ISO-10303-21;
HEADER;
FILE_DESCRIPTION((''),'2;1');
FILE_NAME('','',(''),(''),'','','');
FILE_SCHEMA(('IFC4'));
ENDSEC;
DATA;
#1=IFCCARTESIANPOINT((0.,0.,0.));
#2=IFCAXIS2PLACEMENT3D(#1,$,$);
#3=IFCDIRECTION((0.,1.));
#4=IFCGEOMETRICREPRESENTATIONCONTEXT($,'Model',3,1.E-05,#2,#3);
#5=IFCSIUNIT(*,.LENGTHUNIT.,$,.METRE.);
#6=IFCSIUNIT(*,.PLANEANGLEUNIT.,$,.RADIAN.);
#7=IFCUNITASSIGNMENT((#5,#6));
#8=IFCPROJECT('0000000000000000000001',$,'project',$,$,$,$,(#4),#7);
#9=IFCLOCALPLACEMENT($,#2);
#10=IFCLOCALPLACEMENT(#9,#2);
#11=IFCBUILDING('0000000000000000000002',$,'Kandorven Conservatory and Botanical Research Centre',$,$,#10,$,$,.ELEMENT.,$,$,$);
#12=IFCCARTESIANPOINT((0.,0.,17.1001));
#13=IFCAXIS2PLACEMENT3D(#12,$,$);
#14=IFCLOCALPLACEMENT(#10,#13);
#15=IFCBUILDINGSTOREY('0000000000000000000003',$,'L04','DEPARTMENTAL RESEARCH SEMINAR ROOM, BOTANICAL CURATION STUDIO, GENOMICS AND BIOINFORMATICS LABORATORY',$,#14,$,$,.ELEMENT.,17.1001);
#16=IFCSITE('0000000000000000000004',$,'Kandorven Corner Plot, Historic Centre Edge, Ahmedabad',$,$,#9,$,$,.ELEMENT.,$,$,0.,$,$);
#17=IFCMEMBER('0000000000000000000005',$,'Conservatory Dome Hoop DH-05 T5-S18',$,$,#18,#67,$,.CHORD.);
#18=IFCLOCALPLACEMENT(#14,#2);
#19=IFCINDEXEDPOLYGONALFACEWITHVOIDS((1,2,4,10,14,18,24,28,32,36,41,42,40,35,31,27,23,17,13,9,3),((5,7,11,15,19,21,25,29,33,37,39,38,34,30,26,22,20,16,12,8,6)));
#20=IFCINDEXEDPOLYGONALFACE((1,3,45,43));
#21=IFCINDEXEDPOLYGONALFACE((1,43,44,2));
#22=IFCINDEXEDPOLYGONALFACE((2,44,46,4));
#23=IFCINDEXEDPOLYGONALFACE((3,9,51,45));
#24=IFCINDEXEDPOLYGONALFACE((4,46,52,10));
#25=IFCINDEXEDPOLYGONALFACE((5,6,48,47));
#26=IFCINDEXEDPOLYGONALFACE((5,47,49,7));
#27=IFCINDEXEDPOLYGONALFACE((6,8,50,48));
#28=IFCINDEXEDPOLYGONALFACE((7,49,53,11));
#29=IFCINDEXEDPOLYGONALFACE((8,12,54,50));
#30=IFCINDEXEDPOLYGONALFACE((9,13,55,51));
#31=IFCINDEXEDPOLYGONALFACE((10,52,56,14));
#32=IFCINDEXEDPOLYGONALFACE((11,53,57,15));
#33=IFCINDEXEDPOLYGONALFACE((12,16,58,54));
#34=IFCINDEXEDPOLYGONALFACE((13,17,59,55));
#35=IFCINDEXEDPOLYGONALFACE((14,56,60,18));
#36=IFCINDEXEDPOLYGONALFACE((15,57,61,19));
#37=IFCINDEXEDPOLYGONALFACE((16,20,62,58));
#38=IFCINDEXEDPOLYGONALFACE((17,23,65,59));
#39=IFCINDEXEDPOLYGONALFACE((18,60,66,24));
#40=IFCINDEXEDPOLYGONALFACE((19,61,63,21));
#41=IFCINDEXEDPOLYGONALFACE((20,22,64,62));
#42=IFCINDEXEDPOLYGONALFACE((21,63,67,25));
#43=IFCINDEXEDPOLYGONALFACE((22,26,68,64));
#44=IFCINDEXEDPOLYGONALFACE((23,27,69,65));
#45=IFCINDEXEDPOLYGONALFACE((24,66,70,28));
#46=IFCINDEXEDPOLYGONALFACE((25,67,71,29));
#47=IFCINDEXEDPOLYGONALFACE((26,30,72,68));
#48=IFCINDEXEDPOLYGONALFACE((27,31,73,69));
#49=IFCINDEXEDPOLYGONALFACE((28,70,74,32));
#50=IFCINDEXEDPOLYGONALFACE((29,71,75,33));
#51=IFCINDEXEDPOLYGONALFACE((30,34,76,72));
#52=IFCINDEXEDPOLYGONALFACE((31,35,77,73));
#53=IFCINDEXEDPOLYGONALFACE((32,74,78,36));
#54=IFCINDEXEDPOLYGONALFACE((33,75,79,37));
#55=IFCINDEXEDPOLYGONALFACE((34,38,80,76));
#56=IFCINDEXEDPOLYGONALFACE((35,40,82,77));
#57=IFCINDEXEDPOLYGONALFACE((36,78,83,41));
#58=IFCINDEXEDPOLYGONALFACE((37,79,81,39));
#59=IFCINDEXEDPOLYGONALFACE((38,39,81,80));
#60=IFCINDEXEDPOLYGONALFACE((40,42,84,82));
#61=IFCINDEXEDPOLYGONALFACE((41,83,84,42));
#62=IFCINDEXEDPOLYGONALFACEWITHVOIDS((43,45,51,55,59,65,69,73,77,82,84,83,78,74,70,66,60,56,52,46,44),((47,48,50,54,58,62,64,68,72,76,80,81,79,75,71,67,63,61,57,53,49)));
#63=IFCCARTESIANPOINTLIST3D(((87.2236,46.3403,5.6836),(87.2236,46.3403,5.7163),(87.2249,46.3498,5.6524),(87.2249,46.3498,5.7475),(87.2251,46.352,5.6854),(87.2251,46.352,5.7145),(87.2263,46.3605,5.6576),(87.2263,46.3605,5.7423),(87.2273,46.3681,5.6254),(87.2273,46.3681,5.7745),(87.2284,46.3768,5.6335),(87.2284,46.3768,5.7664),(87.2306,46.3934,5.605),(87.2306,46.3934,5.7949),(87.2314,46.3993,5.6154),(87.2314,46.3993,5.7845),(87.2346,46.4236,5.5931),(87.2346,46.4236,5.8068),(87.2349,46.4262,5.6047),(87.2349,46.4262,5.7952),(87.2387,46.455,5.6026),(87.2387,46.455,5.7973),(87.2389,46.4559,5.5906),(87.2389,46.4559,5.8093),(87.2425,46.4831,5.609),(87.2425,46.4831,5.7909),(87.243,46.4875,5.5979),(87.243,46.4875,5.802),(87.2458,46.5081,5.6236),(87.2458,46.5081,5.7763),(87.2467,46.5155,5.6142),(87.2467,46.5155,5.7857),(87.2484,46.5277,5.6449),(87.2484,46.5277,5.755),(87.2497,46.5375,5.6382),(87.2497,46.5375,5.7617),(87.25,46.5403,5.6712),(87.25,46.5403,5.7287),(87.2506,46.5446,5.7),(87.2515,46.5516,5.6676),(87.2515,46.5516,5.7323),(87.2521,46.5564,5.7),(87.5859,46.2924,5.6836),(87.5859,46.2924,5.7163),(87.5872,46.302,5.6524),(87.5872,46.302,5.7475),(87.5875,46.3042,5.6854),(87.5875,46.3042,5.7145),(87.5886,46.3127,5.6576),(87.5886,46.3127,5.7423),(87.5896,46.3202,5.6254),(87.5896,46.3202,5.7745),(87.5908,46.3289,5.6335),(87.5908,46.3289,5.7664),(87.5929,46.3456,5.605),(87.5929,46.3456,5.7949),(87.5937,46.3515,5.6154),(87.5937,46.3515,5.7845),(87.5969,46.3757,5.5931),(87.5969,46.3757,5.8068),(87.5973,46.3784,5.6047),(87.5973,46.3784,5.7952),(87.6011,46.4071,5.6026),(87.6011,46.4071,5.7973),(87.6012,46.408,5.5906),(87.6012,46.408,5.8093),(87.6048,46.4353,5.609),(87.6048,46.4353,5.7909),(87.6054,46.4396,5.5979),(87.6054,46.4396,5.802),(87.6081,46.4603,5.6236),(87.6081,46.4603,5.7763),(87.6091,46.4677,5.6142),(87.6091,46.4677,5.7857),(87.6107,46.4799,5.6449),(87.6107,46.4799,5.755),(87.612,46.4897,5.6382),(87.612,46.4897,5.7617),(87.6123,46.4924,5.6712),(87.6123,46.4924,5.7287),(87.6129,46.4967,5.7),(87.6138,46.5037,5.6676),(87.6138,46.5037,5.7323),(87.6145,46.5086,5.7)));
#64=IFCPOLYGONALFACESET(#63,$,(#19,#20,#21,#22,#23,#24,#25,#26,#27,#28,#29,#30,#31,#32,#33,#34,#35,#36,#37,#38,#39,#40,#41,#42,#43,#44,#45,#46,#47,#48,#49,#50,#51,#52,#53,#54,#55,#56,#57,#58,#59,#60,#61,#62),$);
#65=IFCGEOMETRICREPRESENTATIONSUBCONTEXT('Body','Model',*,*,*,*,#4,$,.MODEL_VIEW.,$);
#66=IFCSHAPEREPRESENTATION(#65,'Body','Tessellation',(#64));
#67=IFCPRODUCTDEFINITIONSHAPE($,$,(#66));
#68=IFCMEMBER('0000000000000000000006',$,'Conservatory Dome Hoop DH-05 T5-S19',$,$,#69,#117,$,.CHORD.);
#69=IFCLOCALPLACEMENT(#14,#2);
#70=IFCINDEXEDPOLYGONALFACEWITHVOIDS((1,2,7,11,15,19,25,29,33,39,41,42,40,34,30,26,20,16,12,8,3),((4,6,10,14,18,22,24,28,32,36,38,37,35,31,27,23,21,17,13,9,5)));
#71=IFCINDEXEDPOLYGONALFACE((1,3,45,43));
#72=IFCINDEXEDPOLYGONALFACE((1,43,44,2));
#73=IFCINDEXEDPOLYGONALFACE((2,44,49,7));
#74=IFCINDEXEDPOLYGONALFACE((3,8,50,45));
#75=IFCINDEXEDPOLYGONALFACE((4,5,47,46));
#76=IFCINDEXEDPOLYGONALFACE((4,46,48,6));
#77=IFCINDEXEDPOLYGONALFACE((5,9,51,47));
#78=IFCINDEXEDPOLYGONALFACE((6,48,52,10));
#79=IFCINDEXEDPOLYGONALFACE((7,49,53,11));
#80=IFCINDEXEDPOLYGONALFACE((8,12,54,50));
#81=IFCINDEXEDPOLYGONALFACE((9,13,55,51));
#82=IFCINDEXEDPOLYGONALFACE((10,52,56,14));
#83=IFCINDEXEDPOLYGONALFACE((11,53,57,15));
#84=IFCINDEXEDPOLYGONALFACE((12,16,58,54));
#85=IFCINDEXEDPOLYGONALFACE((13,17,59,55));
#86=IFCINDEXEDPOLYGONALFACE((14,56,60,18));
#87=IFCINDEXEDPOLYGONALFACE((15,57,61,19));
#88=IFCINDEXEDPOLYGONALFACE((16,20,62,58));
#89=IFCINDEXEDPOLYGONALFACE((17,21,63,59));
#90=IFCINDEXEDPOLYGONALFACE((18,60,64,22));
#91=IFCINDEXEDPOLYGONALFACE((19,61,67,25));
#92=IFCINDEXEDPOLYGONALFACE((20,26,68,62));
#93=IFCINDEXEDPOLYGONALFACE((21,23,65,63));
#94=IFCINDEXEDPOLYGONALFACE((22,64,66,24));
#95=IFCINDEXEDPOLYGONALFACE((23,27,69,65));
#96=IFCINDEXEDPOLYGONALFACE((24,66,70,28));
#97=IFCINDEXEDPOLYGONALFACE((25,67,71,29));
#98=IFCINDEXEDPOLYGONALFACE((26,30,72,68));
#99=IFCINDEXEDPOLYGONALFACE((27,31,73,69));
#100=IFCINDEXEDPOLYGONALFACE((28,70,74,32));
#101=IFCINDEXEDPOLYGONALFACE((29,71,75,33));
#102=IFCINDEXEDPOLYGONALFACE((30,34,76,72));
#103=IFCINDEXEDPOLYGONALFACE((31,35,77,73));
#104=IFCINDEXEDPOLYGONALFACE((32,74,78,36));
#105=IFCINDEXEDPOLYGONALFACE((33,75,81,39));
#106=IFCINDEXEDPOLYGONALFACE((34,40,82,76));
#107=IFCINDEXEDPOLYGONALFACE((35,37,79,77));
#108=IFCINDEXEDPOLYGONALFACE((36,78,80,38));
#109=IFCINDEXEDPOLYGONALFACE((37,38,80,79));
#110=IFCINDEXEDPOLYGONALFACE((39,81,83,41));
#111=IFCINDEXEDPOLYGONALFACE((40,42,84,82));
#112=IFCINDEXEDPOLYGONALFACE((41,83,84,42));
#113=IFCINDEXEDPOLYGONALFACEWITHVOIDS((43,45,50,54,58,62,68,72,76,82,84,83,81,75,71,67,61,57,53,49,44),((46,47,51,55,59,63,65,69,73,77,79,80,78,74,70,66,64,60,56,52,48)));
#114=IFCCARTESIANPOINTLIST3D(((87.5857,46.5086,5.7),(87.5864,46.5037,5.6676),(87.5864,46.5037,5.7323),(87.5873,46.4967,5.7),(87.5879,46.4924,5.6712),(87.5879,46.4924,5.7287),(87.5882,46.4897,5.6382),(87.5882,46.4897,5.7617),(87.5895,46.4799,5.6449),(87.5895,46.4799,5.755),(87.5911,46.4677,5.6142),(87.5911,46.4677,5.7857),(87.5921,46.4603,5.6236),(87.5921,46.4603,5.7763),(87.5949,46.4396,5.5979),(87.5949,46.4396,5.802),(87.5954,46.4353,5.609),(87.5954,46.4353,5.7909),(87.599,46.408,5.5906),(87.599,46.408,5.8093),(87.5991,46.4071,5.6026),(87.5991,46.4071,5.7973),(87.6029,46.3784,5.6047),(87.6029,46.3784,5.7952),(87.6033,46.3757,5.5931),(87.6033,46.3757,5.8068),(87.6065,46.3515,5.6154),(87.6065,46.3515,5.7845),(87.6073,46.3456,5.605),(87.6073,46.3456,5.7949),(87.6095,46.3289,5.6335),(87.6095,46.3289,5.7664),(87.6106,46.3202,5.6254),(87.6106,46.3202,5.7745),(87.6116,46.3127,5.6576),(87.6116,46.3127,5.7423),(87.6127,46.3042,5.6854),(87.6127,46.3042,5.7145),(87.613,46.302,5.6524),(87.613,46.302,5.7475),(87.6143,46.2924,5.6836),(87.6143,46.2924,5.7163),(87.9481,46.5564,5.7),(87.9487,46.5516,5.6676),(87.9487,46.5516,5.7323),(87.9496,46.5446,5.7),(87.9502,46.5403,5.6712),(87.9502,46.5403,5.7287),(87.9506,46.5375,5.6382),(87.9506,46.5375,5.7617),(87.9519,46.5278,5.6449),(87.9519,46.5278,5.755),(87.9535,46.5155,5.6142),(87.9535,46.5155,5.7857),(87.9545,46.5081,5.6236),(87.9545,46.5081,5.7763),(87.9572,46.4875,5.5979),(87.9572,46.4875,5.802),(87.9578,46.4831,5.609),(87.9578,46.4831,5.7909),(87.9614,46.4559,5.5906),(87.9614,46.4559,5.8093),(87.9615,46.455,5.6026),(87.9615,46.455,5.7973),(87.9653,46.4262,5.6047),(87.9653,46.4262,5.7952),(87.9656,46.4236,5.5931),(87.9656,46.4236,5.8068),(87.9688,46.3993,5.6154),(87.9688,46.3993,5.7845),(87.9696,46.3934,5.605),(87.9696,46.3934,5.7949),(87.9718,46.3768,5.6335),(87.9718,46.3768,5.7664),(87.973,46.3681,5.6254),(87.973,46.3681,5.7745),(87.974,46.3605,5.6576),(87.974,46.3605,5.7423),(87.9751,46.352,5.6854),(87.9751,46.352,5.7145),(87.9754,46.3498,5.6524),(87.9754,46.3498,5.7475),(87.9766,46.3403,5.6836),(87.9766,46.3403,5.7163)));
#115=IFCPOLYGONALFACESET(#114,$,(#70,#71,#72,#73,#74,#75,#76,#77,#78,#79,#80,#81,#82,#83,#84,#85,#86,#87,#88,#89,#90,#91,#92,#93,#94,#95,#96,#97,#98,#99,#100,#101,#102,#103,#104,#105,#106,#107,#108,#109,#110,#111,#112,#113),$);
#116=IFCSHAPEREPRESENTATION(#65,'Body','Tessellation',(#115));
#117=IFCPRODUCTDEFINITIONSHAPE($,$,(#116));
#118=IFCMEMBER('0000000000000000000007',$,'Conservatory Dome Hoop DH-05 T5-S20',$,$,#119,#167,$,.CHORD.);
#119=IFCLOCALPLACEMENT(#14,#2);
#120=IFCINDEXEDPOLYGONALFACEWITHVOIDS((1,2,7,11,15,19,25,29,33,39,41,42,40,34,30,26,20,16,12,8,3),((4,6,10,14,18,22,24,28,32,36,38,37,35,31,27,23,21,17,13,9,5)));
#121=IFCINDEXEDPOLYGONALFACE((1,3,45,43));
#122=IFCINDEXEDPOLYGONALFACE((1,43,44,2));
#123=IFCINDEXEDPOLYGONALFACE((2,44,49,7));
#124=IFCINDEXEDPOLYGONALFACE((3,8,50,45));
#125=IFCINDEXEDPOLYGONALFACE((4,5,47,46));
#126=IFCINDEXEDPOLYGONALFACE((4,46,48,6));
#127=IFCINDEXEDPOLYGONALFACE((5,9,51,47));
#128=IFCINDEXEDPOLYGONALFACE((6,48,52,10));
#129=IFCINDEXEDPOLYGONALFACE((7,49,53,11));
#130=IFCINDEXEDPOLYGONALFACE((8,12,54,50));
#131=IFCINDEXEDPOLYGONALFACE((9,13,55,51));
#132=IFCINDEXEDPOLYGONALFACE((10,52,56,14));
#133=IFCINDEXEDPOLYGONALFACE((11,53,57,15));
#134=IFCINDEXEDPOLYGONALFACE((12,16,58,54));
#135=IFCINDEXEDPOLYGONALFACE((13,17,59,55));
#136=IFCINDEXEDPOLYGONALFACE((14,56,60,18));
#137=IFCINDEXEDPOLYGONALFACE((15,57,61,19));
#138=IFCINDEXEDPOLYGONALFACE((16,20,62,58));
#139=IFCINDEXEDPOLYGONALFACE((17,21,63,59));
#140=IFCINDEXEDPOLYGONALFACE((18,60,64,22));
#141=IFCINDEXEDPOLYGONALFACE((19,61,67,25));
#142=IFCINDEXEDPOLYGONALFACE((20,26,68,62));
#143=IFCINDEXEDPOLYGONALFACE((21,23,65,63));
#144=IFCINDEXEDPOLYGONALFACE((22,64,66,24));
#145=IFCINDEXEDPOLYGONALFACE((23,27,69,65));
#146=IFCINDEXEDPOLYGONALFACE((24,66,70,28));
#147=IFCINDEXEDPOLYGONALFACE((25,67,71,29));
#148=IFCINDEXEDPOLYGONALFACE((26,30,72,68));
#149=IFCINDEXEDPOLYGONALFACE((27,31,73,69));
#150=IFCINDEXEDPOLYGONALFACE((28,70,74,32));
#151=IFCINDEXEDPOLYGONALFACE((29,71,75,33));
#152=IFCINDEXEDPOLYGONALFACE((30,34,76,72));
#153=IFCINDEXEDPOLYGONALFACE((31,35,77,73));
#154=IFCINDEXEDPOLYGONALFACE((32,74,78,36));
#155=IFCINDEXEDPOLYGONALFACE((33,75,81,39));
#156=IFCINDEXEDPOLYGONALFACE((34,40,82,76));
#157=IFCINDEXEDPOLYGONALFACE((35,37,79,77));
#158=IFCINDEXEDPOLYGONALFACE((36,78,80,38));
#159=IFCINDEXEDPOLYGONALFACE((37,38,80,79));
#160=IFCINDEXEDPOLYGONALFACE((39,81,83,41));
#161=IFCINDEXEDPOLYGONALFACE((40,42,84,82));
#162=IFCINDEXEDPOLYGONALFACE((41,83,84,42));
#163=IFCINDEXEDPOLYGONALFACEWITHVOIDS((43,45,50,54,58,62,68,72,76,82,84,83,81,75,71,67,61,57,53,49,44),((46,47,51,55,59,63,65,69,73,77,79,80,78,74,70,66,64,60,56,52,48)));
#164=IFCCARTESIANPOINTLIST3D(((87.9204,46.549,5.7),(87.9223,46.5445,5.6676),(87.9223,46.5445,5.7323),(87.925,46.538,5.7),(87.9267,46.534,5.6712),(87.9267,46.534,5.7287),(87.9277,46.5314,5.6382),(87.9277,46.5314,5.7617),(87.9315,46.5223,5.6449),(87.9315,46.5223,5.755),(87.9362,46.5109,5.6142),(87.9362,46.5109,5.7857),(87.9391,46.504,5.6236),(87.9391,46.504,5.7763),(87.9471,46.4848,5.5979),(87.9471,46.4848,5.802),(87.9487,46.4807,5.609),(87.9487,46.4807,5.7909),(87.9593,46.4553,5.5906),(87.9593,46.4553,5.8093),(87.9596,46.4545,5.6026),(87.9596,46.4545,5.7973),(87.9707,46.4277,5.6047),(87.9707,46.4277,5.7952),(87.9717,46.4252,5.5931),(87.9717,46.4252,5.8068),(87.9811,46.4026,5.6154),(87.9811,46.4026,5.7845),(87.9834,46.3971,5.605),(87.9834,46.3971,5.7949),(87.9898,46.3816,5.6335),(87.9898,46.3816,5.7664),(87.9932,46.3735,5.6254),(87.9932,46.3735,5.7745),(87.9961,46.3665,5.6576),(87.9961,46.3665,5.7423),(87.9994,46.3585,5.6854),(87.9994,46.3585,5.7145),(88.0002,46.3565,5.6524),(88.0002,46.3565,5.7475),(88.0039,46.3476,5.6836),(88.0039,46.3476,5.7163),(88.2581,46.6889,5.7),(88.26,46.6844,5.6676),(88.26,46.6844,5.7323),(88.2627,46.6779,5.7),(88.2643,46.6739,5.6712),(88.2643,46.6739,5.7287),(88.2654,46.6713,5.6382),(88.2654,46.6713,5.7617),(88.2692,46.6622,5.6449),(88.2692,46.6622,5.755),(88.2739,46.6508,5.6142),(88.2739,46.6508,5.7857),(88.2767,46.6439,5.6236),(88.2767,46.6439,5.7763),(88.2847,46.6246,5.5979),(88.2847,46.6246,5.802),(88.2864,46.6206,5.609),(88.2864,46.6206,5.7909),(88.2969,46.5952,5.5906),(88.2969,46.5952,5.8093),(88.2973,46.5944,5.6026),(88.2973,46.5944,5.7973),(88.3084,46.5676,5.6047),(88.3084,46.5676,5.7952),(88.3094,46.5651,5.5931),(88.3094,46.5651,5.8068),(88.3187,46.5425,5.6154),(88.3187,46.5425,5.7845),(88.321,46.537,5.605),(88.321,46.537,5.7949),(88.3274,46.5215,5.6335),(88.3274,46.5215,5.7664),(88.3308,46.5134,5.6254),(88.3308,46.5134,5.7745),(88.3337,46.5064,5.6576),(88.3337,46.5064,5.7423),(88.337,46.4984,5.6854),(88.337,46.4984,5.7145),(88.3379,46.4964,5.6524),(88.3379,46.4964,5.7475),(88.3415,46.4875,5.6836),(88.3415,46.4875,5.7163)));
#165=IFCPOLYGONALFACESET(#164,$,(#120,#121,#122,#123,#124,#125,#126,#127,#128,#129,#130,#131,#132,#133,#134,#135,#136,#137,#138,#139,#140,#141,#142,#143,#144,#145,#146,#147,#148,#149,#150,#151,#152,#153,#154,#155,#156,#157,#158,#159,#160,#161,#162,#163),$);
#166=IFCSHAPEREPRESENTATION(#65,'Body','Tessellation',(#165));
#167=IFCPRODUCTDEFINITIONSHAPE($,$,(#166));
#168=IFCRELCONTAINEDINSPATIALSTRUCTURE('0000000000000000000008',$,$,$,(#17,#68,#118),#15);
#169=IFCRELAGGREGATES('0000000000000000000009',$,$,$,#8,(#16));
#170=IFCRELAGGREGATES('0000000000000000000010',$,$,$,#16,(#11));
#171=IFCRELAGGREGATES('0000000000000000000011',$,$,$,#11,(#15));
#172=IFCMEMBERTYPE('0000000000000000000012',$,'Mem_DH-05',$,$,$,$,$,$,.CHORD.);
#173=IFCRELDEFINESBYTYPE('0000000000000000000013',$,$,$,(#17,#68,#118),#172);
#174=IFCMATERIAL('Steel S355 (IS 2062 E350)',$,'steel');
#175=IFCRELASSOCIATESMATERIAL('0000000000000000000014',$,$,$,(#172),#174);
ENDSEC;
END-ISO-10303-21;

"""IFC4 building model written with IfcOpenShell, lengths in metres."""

from ifc_helpers import new_model, si_unit, direction, frame, origin, origin_2d, place, context, subcontext, project, spatial, hollow_circle, extrude, material, material_profile, profile_set, type_object, element, save


model = new_model("IFC4")

# Units and contexts
model_context = context("Model", 3, precision=1e-05, world=origin(), true_north=direction((0.0, 1.0)))
body_context = subcontext(model_context, "Body", "Model", "MODEL_VIEW")
ifc_project = project(units=[si_unit("LENGTHUNIT", "METRE"), si_unit("PLANEANGLEUNIT", "RADIAN")], contexts=[model_context])

# Site, building, storey
site_placement = place(None, origin())
site = spatial("IfcSite", under=ifc_project, at=site_placement, Name="Kandorven Corner Plot, Historic Centre Edge, Ahmedabad", CompositionType="ELEMENT", RefElevation=0.0)
building_placement = place(site_placement, origin())
building = spatial("IfcBuilding", under=site, at=building_placement, Name="Kandorven Conservatory and Botanical Research Centre", CompositionType="ELEMENT")
storey_placement = place(building_placement, frame((0.0, 0.0, 17.1001)))
storey = spatial("IfcBuildingStorey", under=building, at=storey_placement, Name="L04", Description="DEPARTMENTAL RESEARCH SEMINAR ROOM, BOTANICAL CURATION STUDIO, GENOMICS AND BIOINFORMATICS LABORATORY", CompositionType="ELEMENT", Elevation=17.1001)

# Members
ifc_material_1 = material(Name="Steel S355 (IS 2062 E350)", Category="steel")
ifc_material_profile_1 = material_profile(ifc_material_1, hollow_circle(Radius=0.1096, WallThickness=0.012, at=origin_2d()))
ifc_profile_set_1 = profile_set([ifc_material_profile_1], Name="Steel S355 (IS 2062 E350)")
member_type_1 = type_object("IfcMemberType", Name="Mem_DH-05", PredefinedType="CHORD", material=ifc_profile_set_1)
for number, where, z_axis, x_axis, name in (
    (1, (87.2378, 46.4478, 5.7), (0.991391, -0.130938, 0.0), (0.130938, 0.991391, 0.0), "Conservatory Dome Hoop DH-05 T5-S18"),
    (2, (87.6001, 46.3999, 5.7), (0.991391, 0.130938, 0.0), (-0.130938, 0.991391, 0.0), "Conservatory Dome Hoop DH-05 T5-S19"),
    (3, (87.9624, 46.4478, 5.7), (0.923846, 0.382765, 0.0), (-0.382765, 0.923846, 0.0), "Conservatory Dome Hoop DH-05 T5-S20"),
):
    element("IfcMember", number, at=place(storey_placement, frame(where, z_axis=z_axis, x_axis=x_axis)), inside=storey, type_object=member_type_1, Name=name, PredefinedType="CHORD", context=body_context, shape_type="SweptSolid", body=[
        extrude(hollow_circle(Radius=0.1096, WallThickness=0.012, at=origin_2d()), origin(), (0.0, 0.0, 1.0), 0.3655),
    ])

save(model, "model.ifc")
